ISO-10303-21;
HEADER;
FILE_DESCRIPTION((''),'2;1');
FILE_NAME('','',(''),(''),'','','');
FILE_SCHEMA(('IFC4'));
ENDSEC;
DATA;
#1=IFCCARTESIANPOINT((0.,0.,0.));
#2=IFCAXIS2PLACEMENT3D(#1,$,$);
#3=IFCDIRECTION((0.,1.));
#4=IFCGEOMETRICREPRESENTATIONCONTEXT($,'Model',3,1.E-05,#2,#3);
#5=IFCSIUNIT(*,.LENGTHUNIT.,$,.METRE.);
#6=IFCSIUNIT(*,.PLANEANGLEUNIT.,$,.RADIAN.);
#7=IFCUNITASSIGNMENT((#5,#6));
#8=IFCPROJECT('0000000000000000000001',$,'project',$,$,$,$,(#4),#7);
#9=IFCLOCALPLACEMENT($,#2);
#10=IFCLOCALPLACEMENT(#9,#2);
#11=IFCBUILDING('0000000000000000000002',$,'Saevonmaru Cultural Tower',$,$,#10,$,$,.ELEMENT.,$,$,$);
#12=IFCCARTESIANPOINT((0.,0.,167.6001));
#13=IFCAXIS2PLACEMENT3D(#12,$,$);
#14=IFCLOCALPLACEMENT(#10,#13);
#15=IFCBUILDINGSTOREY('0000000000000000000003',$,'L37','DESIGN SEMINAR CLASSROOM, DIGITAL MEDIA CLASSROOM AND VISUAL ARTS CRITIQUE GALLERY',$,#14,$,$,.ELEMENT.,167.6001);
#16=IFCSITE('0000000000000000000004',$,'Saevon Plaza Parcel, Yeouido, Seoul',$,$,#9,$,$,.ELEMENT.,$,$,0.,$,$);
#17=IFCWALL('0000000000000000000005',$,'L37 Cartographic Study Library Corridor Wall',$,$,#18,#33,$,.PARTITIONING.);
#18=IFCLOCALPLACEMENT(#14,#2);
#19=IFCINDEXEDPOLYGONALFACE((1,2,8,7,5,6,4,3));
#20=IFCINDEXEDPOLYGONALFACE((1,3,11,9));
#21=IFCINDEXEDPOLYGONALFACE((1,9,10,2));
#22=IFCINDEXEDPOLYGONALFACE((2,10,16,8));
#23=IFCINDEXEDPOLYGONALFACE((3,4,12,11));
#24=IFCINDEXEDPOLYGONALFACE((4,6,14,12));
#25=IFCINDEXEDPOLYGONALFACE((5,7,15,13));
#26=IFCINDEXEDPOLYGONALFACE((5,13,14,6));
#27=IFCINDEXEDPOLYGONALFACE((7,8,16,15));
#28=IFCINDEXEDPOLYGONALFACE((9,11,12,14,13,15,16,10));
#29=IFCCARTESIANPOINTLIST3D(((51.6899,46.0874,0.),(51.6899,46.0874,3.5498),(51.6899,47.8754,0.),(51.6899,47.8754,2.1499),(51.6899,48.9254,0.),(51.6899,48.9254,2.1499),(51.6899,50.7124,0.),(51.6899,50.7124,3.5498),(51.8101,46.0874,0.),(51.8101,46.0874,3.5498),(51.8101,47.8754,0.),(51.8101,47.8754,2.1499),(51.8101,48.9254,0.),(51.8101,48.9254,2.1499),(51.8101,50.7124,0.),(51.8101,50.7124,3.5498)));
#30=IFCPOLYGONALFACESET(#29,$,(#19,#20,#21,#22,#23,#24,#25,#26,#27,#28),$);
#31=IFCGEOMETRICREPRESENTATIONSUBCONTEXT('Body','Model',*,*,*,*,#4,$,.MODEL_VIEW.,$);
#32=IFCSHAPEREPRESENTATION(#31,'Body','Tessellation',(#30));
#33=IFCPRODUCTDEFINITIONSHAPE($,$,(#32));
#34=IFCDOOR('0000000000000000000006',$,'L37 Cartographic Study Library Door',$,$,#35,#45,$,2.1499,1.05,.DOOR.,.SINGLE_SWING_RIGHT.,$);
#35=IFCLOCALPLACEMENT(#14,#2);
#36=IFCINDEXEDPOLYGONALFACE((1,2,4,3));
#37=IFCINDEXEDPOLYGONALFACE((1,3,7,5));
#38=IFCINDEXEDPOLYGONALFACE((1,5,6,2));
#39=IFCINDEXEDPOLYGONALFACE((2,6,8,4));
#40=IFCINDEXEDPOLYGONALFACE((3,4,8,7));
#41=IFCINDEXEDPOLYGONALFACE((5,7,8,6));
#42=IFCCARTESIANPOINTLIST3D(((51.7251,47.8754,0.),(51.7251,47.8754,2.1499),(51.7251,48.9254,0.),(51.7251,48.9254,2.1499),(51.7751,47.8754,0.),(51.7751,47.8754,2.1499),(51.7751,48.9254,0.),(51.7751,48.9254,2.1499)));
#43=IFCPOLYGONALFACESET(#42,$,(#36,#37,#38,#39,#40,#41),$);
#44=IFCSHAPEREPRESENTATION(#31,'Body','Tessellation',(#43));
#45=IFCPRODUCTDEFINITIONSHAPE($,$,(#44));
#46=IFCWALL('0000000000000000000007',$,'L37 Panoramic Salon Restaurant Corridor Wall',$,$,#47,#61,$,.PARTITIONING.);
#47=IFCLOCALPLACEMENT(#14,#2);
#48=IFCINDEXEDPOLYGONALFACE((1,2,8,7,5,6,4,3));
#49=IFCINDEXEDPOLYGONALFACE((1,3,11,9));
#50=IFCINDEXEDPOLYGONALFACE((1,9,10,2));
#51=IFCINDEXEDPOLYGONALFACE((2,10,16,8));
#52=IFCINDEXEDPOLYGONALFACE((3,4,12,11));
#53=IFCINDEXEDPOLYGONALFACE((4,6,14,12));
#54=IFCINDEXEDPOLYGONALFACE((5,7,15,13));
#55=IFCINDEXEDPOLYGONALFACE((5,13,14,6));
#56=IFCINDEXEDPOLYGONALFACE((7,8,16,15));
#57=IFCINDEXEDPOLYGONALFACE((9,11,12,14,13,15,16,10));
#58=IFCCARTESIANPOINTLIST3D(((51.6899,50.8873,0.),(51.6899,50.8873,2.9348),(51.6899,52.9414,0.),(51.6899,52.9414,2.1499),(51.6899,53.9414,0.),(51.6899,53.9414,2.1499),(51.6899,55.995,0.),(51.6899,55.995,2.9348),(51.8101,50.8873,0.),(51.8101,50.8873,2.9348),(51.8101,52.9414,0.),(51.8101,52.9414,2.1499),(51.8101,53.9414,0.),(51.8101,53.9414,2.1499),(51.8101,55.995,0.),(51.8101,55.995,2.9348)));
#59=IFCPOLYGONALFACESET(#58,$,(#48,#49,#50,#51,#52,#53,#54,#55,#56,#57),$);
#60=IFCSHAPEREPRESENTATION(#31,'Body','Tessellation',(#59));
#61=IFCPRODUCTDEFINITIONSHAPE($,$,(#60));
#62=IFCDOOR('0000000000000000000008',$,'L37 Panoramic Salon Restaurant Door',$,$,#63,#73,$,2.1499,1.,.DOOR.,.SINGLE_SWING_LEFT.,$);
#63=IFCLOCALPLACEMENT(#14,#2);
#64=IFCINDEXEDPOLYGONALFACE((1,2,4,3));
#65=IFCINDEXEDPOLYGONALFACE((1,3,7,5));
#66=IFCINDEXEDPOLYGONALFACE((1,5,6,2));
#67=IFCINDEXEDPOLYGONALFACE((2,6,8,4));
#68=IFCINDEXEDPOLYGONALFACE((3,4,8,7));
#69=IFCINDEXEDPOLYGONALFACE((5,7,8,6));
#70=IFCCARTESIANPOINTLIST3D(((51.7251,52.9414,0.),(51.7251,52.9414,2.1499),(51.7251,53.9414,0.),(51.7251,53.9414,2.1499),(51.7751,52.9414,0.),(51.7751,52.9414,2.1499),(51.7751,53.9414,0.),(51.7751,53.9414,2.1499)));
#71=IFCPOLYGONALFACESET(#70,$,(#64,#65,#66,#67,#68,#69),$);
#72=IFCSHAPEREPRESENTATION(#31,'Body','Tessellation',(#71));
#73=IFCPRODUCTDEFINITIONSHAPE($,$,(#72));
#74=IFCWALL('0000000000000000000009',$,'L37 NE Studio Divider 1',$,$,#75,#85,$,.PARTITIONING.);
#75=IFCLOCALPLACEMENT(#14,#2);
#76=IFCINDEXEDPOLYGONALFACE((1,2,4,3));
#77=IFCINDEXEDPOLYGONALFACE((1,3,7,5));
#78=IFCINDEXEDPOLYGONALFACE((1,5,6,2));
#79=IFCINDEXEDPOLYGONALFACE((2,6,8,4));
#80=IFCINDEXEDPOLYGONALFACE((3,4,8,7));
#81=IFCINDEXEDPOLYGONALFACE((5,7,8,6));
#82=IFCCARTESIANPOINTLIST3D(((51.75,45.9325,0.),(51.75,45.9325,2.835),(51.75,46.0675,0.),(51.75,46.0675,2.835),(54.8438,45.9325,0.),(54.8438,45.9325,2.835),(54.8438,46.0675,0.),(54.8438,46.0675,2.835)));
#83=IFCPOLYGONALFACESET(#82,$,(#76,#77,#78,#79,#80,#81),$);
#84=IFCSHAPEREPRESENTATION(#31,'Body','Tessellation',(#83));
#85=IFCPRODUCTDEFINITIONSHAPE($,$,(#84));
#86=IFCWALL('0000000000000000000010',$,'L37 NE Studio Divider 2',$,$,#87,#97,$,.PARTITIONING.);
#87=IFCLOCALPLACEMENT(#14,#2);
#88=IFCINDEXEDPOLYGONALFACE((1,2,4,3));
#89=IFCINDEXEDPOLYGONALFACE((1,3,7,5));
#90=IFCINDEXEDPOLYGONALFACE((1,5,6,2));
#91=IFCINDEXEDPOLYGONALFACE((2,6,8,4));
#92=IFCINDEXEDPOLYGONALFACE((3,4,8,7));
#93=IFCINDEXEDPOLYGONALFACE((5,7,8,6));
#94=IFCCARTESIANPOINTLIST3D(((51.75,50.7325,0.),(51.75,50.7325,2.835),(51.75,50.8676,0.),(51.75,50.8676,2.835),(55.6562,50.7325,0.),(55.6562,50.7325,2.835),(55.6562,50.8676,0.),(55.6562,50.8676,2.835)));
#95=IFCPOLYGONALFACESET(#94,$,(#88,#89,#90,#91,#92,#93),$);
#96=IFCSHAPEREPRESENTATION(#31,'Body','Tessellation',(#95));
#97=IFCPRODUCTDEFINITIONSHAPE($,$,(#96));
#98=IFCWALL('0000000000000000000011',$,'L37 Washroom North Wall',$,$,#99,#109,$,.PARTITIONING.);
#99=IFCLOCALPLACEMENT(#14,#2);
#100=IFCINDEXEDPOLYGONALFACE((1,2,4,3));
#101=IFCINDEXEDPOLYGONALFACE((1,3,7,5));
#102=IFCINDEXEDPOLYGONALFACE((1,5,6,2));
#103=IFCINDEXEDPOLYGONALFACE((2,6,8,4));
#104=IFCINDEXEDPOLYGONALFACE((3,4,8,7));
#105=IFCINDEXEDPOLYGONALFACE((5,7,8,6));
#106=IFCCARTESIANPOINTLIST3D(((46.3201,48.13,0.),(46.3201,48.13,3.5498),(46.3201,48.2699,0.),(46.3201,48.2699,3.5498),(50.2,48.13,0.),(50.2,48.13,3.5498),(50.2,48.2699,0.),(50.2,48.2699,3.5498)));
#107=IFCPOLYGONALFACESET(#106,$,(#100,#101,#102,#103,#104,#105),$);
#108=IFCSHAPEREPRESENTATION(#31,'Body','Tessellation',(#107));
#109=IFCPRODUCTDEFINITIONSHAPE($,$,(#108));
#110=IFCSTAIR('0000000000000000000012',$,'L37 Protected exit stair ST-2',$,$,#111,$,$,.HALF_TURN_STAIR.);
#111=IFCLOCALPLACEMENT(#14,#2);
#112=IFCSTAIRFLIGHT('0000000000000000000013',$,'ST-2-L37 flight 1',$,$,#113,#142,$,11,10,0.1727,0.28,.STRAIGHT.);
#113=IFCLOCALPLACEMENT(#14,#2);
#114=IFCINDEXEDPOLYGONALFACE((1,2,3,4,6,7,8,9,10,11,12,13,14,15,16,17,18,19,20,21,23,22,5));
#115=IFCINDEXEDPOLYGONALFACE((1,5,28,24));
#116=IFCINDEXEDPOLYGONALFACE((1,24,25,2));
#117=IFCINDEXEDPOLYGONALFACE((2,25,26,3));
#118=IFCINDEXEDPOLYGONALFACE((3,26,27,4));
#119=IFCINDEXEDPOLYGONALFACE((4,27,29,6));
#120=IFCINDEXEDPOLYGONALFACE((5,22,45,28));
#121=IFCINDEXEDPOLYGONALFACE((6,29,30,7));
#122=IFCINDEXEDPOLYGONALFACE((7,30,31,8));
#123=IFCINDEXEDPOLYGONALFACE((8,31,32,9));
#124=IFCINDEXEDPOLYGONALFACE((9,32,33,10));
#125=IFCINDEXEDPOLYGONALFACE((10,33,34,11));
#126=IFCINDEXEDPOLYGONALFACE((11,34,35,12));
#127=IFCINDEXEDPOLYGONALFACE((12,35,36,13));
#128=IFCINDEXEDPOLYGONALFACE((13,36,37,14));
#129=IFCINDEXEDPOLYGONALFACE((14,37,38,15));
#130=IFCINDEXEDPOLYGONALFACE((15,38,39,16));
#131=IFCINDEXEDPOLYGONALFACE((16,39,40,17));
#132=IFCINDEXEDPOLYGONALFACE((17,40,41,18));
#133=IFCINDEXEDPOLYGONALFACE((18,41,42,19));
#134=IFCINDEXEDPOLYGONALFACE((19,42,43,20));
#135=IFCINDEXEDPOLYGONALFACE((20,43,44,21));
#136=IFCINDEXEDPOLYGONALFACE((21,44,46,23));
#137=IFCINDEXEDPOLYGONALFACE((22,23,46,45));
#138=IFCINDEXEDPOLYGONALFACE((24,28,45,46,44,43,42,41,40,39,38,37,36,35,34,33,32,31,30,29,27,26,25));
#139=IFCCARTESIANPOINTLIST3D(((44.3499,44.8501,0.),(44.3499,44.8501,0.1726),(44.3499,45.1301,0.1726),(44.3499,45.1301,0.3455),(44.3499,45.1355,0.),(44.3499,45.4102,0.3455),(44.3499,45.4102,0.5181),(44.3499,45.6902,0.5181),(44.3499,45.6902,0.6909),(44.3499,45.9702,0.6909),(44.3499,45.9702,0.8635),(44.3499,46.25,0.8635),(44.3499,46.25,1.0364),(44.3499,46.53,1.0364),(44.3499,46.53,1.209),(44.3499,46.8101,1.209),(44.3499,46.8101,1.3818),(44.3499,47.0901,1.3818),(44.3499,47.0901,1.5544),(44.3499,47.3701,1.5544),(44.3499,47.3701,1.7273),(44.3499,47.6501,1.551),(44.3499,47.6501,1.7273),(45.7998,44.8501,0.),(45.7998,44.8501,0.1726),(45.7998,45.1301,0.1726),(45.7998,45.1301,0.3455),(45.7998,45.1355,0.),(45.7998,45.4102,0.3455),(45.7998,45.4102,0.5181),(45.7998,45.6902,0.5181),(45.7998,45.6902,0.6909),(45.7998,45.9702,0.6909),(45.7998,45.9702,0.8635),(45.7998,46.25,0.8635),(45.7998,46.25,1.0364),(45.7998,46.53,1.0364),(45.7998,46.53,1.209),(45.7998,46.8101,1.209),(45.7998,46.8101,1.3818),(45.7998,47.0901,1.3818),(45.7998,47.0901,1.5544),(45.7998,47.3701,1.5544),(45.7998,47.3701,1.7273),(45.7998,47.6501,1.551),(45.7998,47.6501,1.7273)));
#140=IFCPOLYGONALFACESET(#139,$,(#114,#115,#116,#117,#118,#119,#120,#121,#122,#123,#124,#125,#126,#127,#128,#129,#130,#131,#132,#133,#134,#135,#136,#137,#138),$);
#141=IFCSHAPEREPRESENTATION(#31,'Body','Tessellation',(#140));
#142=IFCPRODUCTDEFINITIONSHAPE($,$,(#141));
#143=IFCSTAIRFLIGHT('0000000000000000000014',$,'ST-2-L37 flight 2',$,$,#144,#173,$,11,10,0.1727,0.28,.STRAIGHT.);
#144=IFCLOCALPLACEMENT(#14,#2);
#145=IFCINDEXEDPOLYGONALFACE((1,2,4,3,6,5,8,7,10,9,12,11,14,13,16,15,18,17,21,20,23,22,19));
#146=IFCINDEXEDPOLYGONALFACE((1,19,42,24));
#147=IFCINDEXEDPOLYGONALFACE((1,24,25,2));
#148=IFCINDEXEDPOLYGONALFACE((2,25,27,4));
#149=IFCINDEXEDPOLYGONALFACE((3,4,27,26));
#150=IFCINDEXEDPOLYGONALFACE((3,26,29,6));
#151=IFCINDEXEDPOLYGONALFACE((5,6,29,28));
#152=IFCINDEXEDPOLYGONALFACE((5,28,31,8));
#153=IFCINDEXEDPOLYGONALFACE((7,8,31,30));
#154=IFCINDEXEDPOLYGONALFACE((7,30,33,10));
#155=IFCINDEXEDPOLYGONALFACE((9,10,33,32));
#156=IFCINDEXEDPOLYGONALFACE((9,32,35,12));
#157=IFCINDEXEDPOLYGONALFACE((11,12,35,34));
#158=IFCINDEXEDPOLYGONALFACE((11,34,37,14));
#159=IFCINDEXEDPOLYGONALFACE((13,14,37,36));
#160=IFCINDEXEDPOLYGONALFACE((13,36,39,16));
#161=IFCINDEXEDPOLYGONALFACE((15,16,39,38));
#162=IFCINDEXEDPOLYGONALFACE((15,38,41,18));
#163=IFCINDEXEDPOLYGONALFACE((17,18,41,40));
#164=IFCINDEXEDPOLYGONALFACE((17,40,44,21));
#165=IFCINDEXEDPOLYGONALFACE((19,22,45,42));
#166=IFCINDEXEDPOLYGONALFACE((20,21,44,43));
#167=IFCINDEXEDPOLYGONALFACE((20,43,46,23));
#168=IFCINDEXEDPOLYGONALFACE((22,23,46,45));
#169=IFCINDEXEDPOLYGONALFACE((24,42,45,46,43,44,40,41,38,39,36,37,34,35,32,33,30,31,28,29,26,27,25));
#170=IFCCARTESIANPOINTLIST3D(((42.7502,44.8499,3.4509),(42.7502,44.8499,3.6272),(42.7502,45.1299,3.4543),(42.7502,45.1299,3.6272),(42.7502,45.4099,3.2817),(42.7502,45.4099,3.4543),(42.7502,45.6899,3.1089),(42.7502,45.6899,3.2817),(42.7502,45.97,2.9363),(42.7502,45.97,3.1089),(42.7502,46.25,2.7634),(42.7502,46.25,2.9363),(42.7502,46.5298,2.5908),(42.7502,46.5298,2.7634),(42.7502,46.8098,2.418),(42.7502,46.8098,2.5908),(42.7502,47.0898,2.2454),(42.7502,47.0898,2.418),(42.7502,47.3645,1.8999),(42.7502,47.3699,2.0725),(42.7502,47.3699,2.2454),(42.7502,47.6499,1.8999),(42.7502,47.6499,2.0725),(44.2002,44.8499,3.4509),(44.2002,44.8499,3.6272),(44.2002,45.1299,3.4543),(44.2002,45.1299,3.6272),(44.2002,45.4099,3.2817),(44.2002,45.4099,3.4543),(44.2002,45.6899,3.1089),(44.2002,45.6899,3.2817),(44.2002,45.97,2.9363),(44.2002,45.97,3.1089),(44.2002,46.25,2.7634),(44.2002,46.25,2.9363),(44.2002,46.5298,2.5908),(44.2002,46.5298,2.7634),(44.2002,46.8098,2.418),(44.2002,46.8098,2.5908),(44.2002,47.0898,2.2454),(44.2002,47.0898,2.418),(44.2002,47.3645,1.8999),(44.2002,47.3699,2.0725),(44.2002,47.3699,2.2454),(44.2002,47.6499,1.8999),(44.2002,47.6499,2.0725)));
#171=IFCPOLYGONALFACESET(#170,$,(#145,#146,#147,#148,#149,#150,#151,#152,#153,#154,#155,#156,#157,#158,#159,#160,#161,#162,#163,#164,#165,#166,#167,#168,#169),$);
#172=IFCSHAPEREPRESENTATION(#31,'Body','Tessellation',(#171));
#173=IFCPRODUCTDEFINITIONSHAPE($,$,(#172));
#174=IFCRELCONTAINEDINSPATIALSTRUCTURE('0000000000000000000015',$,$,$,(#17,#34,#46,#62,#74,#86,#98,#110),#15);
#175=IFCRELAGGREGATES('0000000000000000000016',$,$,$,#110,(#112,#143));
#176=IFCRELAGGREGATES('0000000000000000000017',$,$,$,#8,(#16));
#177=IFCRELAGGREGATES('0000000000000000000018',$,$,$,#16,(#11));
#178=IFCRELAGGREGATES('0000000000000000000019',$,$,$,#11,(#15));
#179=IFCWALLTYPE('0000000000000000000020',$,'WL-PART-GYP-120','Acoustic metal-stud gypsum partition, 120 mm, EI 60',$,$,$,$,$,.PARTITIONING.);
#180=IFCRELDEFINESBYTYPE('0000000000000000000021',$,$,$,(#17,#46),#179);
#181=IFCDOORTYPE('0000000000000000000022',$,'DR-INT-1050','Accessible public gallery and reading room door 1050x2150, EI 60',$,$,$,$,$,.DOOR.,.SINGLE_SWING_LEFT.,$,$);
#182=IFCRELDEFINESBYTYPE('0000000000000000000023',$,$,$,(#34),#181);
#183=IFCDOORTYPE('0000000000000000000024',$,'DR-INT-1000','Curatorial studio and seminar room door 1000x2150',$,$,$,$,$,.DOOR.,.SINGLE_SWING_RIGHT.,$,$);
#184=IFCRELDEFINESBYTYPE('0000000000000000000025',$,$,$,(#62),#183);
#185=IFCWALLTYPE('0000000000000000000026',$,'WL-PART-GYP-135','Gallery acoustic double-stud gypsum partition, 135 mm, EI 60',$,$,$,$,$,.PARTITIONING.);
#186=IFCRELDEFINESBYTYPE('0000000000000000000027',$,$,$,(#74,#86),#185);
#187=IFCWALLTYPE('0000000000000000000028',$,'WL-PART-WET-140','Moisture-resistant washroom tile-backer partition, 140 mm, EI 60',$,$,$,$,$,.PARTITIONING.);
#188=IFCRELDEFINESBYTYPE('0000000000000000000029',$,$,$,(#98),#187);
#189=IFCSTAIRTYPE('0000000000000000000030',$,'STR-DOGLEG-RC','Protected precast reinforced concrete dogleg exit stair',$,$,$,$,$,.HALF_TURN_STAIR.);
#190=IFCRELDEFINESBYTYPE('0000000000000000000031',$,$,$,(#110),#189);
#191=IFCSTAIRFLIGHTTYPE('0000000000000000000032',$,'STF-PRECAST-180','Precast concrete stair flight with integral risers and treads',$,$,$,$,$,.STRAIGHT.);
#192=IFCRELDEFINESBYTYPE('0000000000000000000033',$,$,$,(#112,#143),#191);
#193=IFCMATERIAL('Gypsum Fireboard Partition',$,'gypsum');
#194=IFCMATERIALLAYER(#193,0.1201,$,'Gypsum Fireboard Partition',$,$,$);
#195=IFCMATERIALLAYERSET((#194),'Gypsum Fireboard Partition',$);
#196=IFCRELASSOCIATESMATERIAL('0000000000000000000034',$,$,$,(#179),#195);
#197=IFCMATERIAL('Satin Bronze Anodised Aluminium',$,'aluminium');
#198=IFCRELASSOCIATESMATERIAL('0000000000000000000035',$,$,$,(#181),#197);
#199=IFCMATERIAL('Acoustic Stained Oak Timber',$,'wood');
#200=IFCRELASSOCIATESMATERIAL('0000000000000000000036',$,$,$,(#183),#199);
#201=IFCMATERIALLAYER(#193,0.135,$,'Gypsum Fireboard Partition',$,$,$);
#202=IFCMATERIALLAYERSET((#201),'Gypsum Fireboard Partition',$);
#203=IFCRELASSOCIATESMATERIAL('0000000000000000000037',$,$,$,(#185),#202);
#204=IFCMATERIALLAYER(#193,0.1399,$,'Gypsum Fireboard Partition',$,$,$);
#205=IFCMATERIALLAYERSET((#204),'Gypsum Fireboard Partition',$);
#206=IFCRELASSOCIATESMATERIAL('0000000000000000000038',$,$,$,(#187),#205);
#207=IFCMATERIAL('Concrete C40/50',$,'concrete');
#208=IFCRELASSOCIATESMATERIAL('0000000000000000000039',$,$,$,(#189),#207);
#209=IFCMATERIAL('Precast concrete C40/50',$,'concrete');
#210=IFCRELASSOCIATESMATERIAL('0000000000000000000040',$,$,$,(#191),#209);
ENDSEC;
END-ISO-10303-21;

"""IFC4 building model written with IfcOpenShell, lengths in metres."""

from ifc_helpers import new_model, si_unit, direction, frame, frame_2d, origin, place, context, subcontext, project, spatial, polyline, rectangle, outline, extrude, material, layer, layer_set, type_object, element, fill, aggregate, save


model = new_model("IFC4")

# Units and contexts
model_context = context("Model", 3, precision=1e-05, world=origin(), true_north=direction((0.0, 1.0)))
body_context = subcontext(model_context, "Body", "Model", "MODEL_VIEW")
ifc_project = project(units=[si_unit("LENGTHUNIT", "METRE"), si_unit("PLANEANGLEUNIT", "RADIAN")], contexts=[model_context])

# Site, building, storey
site_placement = place(None, origin())
site = spatial("IfcSite", under=ifc_project, at=site_placement, Name="Saevon Plaza Parcel, Yeouido, Seoul", CompositionType="ELEMENT", RefElevation=0.0)
building_placement = place(site_placement, origin())
building = spatial("IfcBuilding", under=site, at=building_placement, Name="Saevonmaru Cultural Tower", CompositionType="ELEMENT")
storey_placement = place(building_placement, frame((0.0, 0.0, 167.6001)))
storey = spatial("IfcBuildingStorey", under=building, at=storey_placement, Name="L37", Description="DESIGN SEMINAR CLASSROOM, DIGITAL MEDIA CLASSROOM AND VISUAL ARTS CRITIQUE GALLERY", CompositionType="ELEMENT", Elevation=167.6001)

# Shared definitions
ifc_material_1 = material(Name="Satin Bronze Anodised Aluminium", Category="aluminium")

# Shared definitions
ifc_material_2 = material(Name="Gypsum Fireboard Partition", Category="gypsum")
ifc_layer_1 = layer(ifc_material_2, 0.1201, Name="Gypsum Fireboard Partition")
ifc_layer_set_1 = layer_set([ifc_layer_1], Name="Gypsum Fireboard Partition")
wall_type_1 = type_object("IfcWallType", Name="WL-PART-GYP-120", Description="Acoustic metal-stud gypsum partition, 120 mm, EI 60", PredefinedType="PARTITIONING", material=ifc_layer_set_1)

# Walls, openings, doors
ifc_material_3 = material(Name="Acoustic Stained Oak Timber", Category="wood")
wall_1_placement = place(storey_placement, frame((51.75, 46.0874, 0.0), z_axis=(0.0, 0.0, 1.0), x_axis=(0.0, 1.0, 0.0)))
wall_1 = element("IfcWall", 1, at=wall_1_placement, inside=storey, type_object=wall_type_1, Name="L37 Cartographic Study Library Corridor Wall", PredefinedType="PARTITIONING", context=body_context, shape_type="SweptSolid", body=[
    extrude(rectangle(XDim=4.625, YDim=0.1201, at=frame_2d((2.3125, 0.0))), origin(), (0.0, 0.0, 1.0), 3.5498),
])
opening_1_placement = place(wall_1_placement, frame((1.7881, 0.0, 0.0)))
opening_1 = element("IfcOpeningElement", 2, at=opening_1_placement, cuts=wall_1, PredefinedType="OPENING", context=body_context, shape_type="SweptSolid", body=[
    extrude(rectangle(XDim=1.05, YDim=2.1499, at=frame_2d((0.5249, 1.075))), frame((0.0, 0.0701, 0.0), z_axis=(0.0, -1.0, 0.0), x_axis=(1.0, 0.0, 0.0)), (0.0, 0.0, 1.0), 0.1401),
])
door_type_1 = type_object("IfcDoorType", Name="DR-INT-1050", Description="Accessible public gallery and reading room door 1050x2150, EI 60", OperationType="SINGLE_SWING_LEFT", PredefinedType="DOOR", material=ifc_material_1)
door_1_placement = place(opening_1_placement, origin())
door_1 = element("IfcDoor", 3, at=door_1_placement, inside=storey, type_object=door_type_1, Name="L37 Cartographic Study Library Door", OperationType="SINGLE_SWING_RIGHT", OverallHeight=2.1499, OverallWidth=1.05, PredefinedType="DOOR", context=body_context, shape_type="SweptSolid", body=[
    extrude(rectangle(XDim=1.05, YDim=2.1499, at=frame_2d((0.5249, 1.075))), frame((0.0, 0.0249, 0.0), z_axis=(0.0, -1.0, 0.0), x_axis=(1.0, 0.0, 0.0)), (0.0, 0.0, 1.0), 0.05),
])
fill(opening_1, door_1)
wall_2_placement = place(storey_placement, frame((51.75, 50.8875, 0.0), z_axis=(0.0, 0.0, 1.0), x_axis=(0.0, 1.0, 0.0)))
wall_2 = element("IfcWall", 4, at=wall_2_placement, inside=storey, type_object=wall_type_1, Name="L37 Panoramic Salon Restaurant Corridor Wall", PredefinedType="PARTITIONING", context=body_context, shape_type="SweptSolid", body=[
    extrude(rectangle(XDim=5.1077, YDim=0.1201, at=frame_2d((2.5537, 0.0))), origin(), (0.0, 0.0, 1.0), 2.9348),
])
opening_2_placement = place(wall_2_placement, frame((2.054, 0.0, 0.0)))
opening_2 = element("IfcOpeningElement", 5, at=opening_2_placement, cuts=wall_2, PredefinedType="OPENING", context=body_context, shape_type="SweptSolid", body=[
    extrude(rectangle(XDim=1.0, YDim=2.1499, at=frame_2d((0.5, 1.075))), frame((0.0, 0.0701, 0.0), z_axis=(0.0, -1.0, 0.0), x_axis=(1.0, 0.0, 0.0)), (0.0, 0.0, 1.0), 0.1401),
])
door_type_2 = type_object("IfcDoorType", Name="DR-INT-1000", Description="Curatorial studio and seminar room door 1000x2150", OperationType="SINGLE_SWING_RIGHT", PredefinedType="DOOR", material=ifc_material_3)
door_2_placement = place(opening_2_placement, origin())
door_2 = element("IfcDoor", 6, at=door_2_placement, inside=storey, type_object=door_type_2, Name="L37 Panoramic Salon Restaurant Door", OperationType="SINGLE_SWING_LEFT", OverallHeight=2.1499, OverallWidth=1.0, PredefinedType="DOOR", context=body_context, shape_type="SweptSolid", body=[
    extrude(rectangle(XDim=1.0, YDim=2.1499, at=frame_2d((0.5, 1.075))), frame((0.0, 0.0249, 0.0), z_axis=(0.0, -1.0, 0.0), x_axis=(1.0, 0.0, 0.0)), (0.0, 0.0, 1.0), 0.05),
])
fill(opening_2, door_2)

# Walls
ifc_layer_2 = layer(ifc_material_2, 0.135, Name="Gypsum Fireboard Partition")
ifc_layer_set_2 = layer_set([ifc_layer_2], Name="Gypsum Fireboard Partition")
wall_type_2 = type_object("IfcWallType", Name="WL-PART-GYP-135", Description="Gallery acoustic double-stud gypsum partition, 135 mm, EI 60", PredefinedType="PARTITIONING", material=ifc_layer_set_2)
wall_3_placement = place(storey_placement, frame((51.75, 46.0, 0.0), z_axis=(0.0, 0.0, 1.0), x_axis=(1.0, 0.0, 0.0)))
element("IfcWall", 7, at=wall_3_placement, inside=storey, type_object=wall_type_2, Name="L37 NE Studio Divider 1", PredefinedType="PARTITIONING", context=body_context, shape_type="SweptSolid", body=[
    extrude(rectangle(XDim=3.0938, YDim=0.135, at=frame_2d((1.5469, 0.0))), origin(), (0.0, 0.0, 1.0), 2.835),
])
wall_4_placement = place(storey_placement, frame((51.75, 50.8, 0.0), z_axis=(0.0, 0.0, 1.0), x_axis=(1.0, 0.0, 0.0)))
element("IfcWall", 8, at=wall_4_placement, inside=storey, type_object=wall_type_2, Name="L37 NE Studio Divider 2", PredefinedType="PARTITIONING", context=body_context, shape_type="SweptSolid", body=[
    extrude(rectangle(XDim=3.9062, YDim=0.135, at=frame_2d((1.9531, 0.0))), origin(), (0.0, 0.0, 1.0), 2.835),
])
ifc_layer_3 = layer(ifc_material_2, 0.1399, Name="Gypsum Fireboard Partition")
ifc_layer_set_3 = layer_set([ifc_layer_3], Name="Gypsum Fireboard Partition")
wall_type_3 = type_object("IfcWallType", Name="WL-PART-WET-140", Description="Moisture-resistant washroom tile-backer partition, 140 mm, EI 60", PredefinedType="PARTITIONING", material=ifc_layer_set_3)
wall_5_placement = place(storey_placement, frame((46.3201, 48.2, 0.0), z_axis=(0.0, 0.0, 1.0), x_axis=(1.0, 0.0, 0.0)))
element("IfcWall", 9, at=wall_5_placement, inside=storey, type_object=wall_type_3, Name="L37 Washroom North Wall", PredefinedType="PARTITIONING", context=body_context, shape_type="SweptSolid", body=[
    extrude(rectangle(XDim=3.8799, YDim=0.1399, at=frame_2d((1.9399, 0.0))), origin(), (0.0, 0.0, 1.0), 3.5498),
])

# Stair, stair flights
ifc_material_4 = material(Name="Concrete C40/50", Category="concrete")
stair_type = type_object("IfcStairType", Name="STR-DOGLEG-RC", Description="Protected precast reinforced concrete dogleg exit stair", PredefinedType="HALF_TURN_STAIR", material=ifc_material_4)
stair_placement = place(storey_placement, origin())
stair = element("IfcStair", 10, at=stair_placement, inside=storey, type_object=stair_type, Name="L37 Protected exit stair ST-2", PredefinedType="HALF_TURN_STAIR")
ifc_material_5 = material(Name="Precast concrete C40/50", Category="concrete")
stair_flight_type = type_object("IfcStairFlightType", Name="STF-PRECAST-180", Description="Precast concrete stair flight with integral risers and treads", PredefinedType="STRAIGHT", material=ifc_material_5)
stair_flight_1_placement = place(storey_placement, frame((45.075, 44.8501, 0.0), z_axis=(0.0, 0.0, 1.0), x_axis=(0.0, 1.0, 0.0)))
stair_flight_1 = element("IfcStairFlight", 11, at=stair_flight_1_placement, type_object=stair_flight_type, Name="ST-2-L37 flight 1", NumberOfRisers=11, NumberOfTreads=10, PredefinedType="STRAIGHT", RiserHeight=0.1727, TreadLength=0.28, context=body_context, shape_type="SweptSolid", body=[
    extrude(outline(polyline([(0.0, 0.0), (0.0, 0.1726), (0.28, 0.1726), (0.28, 0.3455), (0.5601, 0.3455), (0.5601, 0.5181), (0.8401, 0.5181), (0.8401, 0.6909), (1.1201, 0.6909), (1.1201, 0.8635), (1.3999, 0.8635), (1.3999, 1.0364), (1.6799, 1.0364), (1.6799, 1.209), (1.96, 1.209), (1.96, 1.3818), (2.24, 1.3818), (2.24, 1.5544), (2.52, 1.5544), (2.52, 1.7273), (2.8, 1.7273), (2.8, 1.8999), (2.8, 1.551), (0.2854, 0.0), (0.0, 0.0)])), frame((0.0, 0.7251, 0.0), z_axis=(0.0, -1.0, 0.0), x_axis=(1.0, 0.0, 0.0)), (0.0, 0.0, 1.0), 1.45),
])
stair_flight_2_placement = place(storey_placement, frame((43.4751, 47.6499, 1.8999), z_axis=(0.0, 0.0, 1.0), x_axis=(0.0, -1.0, 0.0)))
stair_flight_2 = element("IfcStairFlight", 12, at=stair_flight_2_placement, type_object=stair_flight_type, Name="ST-2-L37 flight 2", NumberOfRisers=11, NumberOfTreads=10, PredefinedType="STRAIGHT", RiserHeight=0.1727, TreadLength=0.28, context=body_context, shape_type="SweptSolid", body=[
    extrude(outline(polyline([(0.0, 0.0), (0.0, 0.1726), (0.28, 0.1726), (0.28, 0.3455), (0.5601, 0.3455), (0.5601, 0.5181), (0.8401, 0.5181), (0.8401, 0.6909), (1.1201, 0.6909), (1.1201, 0.8635), (1.3999, 0.8635), (1.3999, 1.0364), (1.6799, 1.0364), (1.6799, 1.209), (1.96, 1.209), (1.96, 1.3818), (2.24, 1.3818), (2.24, 1.5544), (2.52, 1.5544), (2.52, 1.7273), (2.8, 1.7273), (2.8, 1.8999), (2.8, 1.551), (0.2854, 0.0), (0.0, 0.0)])), frame((0.0, 0.7251, 0.0), z_axis=(0.0, -1.0, 0.0), x_axis=(1.0, 0.0, 0.0)), (0.0, 0.0, 1.0), 1.45),
])
aggregate(stair, [stair_flight_1, stair_flight_2])

save(model, "model.ifc")
